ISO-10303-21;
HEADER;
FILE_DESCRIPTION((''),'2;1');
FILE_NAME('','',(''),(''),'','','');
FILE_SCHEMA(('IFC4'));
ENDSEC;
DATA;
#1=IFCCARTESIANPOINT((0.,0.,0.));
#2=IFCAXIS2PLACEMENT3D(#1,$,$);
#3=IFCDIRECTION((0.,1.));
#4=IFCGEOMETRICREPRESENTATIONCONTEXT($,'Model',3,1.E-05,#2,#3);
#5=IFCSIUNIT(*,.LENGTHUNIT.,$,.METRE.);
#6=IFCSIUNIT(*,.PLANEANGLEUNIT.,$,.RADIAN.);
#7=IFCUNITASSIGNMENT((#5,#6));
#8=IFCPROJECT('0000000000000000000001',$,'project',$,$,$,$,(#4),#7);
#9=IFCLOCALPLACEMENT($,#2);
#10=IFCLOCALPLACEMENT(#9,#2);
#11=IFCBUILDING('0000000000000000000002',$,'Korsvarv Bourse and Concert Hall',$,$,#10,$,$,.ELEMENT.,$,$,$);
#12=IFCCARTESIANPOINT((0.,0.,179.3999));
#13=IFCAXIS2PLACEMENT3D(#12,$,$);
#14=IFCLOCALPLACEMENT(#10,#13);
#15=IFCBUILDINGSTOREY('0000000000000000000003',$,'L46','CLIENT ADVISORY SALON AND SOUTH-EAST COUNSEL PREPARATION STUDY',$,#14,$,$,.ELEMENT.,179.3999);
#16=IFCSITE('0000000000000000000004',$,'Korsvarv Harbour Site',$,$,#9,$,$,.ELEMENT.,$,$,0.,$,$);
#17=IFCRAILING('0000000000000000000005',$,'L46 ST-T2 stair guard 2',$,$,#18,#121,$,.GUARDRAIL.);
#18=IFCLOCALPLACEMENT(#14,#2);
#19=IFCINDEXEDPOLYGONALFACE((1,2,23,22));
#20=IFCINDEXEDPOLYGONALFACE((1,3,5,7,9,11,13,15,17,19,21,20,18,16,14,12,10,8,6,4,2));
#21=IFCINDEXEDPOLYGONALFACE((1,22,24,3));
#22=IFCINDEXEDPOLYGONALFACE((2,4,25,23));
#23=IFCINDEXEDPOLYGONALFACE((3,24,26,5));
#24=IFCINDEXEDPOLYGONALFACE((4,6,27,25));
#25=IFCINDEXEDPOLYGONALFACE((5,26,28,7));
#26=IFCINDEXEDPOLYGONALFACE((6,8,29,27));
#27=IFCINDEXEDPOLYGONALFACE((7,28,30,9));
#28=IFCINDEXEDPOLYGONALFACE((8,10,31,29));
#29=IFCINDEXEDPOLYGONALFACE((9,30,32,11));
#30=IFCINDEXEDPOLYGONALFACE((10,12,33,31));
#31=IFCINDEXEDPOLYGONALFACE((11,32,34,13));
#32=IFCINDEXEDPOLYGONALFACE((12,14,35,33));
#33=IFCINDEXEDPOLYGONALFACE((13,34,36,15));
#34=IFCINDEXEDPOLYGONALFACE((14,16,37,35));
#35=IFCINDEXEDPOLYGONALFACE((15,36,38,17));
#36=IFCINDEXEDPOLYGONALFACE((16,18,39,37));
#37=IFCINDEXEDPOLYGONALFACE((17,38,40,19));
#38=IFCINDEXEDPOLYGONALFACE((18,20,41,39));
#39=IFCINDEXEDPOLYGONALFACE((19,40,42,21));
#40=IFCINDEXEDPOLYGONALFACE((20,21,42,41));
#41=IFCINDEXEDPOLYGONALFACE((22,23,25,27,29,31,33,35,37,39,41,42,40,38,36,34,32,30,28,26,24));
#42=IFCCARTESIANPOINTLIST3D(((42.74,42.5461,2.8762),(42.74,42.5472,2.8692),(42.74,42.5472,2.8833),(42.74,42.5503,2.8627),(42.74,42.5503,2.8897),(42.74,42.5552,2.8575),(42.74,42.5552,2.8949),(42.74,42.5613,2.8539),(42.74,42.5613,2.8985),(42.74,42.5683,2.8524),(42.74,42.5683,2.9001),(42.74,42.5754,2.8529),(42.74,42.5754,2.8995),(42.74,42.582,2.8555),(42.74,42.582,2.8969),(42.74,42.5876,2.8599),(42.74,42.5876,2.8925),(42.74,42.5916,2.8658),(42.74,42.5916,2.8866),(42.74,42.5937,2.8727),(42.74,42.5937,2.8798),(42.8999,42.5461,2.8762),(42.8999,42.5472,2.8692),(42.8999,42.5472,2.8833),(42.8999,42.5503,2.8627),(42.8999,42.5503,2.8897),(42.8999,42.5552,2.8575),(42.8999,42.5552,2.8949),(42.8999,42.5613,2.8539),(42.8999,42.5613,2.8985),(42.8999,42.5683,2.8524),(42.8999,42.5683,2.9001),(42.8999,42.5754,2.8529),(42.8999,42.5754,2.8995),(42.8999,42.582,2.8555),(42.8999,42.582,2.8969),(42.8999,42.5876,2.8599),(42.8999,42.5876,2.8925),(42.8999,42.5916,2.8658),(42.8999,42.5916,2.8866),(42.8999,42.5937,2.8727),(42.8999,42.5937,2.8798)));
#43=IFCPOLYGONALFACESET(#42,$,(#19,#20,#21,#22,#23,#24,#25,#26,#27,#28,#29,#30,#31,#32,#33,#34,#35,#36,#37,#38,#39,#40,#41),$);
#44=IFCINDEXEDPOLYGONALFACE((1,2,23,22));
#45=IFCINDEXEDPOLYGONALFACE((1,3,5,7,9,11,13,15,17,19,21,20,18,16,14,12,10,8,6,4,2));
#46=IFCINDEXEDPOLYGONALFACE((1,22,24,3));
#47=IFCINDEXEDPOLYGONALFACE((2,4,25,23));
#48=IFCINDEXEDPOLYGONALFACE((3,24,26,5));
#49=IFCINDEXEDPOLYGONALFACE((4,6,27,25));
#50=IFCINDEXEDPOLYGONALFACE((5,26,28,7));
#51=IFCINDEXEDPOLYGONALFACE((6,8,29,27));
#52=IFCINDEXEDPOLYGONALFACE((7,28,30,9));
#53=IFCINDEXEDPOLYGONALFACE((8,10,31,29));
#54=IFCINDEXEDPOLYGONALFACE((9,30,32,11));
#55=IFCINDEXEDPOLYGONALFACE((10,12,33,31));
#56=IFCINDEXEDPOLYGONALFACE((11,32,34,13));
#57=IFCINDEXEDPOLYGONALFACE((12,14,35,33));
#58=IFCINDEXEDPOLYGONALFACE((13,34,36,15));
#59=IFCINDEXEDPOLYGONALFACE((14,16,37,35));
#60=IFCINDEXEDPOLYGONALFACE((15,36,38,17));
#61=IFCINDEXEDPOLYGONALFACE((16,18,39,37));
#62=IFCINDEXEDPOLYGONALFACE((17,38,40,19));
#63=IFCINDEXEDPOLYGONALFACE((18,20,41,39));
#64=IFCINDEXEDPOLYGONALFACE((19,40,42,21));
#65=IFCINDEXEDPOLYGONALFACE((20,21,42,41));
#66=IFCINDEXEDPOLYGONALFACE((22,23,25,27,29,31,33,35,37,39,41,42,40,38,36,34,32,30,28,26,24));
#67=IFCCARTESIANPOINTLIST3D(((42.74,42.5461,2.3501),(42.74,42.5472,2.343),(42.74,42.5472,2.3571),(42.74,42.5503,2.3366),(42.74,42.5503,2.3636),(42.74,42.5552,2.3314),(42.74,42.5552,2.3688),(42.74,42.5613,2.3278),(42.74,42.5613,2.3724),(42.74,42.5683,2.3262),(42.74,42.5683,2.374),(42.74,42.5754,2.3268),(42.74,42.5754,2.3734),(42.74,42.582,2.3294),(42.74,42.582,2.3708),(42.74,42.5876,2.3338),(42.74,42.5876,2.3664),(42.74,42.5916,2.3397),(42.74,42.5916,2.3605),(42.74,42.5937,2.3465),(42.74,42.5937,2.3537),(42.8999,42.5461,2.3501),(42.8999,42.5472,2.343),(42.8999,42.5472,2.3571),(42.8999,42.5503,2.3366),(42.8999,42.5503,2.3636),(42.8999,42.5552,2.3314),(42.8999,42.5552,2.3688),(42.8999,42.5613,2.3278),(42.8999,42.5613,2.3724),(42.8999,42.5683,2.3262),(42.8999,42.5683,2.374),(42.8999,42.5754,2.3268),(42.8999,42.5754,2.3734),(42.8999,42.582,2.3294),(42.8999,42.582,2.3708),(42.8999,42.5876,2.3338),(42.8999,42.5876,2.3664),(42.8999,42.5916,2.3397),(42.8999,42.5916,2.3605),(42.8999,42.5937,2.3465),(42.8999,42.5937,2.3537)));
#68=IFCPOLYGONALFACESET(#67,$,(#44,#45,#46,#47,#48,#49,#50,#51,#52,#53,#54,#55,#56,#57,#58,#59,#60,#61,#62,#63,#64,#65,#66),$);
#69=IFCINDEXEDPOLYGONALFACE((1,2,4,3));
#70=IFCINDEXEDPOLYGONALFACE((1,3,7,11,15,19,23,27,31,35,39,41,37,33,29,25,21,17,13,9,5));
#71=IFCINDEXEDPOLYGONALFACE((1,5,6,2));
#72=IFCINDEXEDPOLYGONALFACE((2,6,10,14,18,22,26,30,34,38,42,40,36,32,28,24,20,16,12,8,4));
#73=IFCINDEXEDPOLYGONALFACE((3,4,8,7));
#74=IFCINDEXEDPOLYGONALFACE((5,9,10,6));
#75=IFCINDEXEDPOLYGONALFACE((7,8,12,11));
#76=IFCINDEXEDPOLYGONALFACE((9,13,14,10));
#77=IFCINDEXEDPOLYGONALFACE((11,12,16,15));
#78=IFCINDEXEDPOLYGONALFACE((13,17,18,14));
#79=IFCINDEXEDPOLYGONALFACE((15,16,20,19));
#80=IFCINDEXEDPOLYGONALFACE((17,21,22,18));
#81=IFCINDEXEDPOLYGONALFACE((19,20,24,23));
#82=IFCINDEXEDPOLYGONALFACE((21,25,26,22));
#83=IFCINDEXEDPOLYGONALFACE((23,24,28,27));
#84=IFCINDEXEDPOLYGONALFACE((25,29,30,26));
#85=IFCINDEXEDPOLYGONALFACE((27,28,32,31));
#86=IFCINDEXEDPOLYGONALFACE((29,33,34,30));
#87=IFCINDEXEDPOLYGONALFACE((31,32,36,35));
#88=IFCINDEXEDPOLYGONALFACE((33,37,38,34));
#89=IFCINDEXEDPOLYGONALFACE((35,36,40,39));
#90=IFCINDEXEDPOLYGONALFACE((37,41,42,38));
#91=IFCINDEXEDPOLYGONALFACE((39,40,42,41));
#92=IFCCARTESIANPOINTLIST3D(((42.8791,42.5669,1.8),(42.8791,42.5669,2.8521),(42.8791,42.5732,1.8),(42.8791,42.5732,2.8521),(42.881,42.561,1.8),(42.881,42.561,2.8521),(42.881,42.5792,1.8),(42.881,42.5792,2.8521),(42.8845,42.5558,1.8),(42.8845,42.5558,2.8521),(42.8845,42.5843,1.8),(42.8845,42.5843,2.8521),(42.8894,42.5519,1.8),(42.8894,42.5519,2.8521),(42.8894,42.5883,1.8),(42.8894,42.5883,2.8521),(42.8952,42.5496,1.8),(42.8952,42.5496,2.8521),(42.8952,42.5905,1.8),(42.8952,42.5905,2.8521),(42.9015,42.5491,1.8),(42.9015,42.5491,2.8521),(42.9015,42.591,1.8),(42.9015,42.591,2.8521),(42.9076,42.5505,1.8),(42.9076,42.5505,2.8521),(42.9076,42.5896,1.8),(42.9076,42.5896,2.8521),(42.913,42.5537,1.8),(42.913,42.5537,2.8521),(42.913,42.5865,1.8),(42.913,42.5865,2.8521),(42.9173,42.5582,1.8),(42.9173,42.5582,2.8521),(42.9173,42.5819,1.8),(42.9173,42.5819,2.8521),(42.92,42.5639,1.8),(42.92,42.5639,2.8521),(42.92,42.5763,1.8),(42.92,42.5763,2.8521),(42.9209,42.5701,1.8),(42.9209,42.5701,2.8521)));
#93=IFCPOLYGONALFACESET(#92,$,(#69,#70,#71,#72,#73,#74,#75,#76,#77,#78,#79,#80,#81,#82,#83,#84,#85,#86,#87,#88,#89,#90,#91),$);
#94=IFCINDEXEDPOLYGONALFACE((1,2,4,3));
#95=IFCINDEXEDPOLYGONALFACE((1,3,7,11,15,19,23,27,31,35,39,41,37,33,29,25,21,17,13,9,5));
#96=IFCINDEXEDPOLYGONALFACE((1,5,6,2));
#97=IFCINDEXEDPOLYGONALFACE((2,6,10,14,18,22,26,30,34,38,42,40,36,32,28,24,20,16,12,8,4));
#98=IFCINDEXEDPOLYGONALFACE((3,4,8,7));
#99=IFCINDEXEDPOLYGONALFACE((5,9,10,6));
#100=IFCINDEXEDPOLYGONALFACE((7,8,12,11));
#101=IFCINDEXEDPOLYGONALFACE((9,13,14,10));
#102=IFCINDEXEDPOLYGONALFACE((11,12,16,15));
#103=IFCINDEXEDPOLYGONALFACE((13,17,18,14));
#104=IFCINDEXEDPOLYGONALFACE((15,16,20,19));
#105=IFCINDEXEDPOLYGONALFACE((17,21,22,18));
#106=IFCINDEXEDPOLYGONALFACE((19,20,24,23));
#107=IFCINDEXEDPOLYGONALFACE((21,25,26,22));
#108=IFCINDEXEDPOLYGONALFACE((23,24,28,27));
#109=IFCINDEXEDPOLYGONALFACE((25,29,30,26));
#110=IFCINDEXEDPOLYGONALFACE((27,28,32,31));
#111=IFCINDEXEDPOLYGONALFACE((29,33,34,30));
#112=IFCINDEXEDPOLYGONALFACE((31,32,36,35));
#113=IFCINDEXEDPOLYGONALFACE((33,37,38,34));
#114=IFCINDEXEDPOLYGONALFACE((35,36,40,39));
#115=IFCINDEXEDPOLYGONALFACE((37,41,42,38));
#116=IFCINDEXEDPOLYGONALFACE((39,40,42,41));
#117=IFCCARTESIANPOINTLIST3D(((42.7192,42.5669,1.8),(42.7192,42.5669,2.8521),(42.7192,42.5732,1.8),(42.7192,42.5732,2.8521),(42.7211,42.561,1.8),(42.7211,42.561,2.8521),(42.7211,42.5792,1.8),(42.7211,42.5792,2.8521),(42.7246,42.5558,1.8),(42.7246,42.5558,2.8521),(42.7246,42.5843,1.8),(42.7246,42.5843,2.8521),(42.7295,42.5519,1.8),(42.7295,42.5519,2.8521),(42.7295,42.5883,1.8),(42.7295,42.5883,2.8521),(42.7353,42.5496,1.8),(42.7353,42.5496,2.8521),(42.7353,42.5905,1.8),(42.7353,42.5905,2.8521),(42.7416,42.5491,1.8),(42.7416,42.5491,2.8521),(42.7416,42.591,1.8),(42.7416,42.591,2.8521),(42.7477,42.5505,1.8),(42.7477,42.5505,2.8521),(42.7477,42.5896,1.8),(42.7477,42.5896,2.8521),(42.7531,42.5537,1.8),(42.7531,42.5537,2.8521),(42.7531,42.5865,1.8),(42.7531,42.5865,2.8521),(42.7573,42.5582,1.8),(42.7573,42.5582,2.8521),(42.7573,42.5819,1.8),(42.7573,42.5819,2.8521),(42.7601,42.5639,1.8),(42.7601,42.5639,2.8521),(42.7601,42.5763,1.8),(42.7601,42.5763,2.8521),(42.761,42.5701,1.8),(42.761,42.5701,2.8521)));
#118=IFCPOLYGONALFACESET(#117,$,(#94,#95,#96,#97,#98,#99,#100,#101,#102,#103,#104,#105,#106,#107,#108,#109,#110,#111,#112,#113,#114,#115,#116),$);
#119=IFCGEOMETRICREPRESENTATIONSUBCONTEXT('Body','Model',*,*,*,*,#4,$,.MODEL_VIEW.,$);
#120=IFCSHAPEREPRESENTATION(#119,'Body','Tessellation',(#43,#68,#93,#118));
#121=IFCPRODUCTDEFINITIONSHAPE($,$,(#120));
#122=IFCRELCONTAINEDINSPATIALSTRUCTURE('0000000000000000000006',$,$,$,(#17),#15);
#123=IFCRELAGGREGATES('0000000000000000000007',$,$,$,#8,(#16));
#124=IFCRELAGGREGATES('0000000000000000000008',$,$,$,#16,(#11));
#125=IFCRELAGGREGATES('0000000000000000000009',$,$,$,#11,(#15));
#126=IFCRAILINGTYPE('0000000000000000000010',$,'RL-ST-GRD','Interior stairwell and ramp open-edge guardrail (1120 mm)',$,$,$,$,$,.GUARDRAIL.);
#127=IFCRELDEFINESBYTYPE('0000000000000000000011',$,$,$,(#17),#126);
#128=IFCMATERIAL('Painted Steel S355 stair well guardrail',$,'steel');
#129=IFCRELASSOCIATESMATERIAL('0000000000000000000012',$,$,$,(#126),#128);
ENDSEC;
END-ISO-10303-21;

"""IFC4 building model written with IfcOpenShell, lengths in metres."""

from ifc_helpers import new_model, si_unit, direction, frame, origin, origin_2d, place, context, subcontext, project, spatial, circle, extrude, material, type_object, element, save


model = new_model("IFC4")

# Units and contexts
model_context = context("Model", 3, precision=1e-05, world=origin(), true_north=direction((0.0, 1.0)))
body_context = subcontext(model_context, "Body", "Model", "MODEL_VIEW")
ifc_project = project(units=[si_unit("LENGTHUNIT", "METRE"), si_unit("PLANEANGLEUNIT", "RADIAN")], contexts=[model_context])

# Site, building, storey
site_placement = place(None, origin())
site = spatial("IfcSite", under=ifc_project, at=site_placement, Name="Korsvarv Harbour Site", CompositionType="ELEMENT", RefElevation=0.0)
building_placement = place(site_placement, origin())
building = spatial("IfcBuilding", under=site, at=building_placement, Name="Korsvarv Bourse and Concert Hall", CompositionType="ELEMENT")
storey_placement = place(building_placement, frame((0.0, 0.0, 179.3999)))
storey = spatial("IfcBuildingStorey", under=building, at=storey_placement, Name="L46", Description="CLIENT ADVISORY SALON AND SOUTH-EAST COUNSEL PREPARATION STUDY", CompositionType="ELEMENT", Elevation=179.3999)

# Railing
ifc_material_1 = material(Name="Painted Steel S355 stair well guardrail", Category="steel")
railing_type_1 = type_object("IfcRailingType", Name="RL-ST-GRD", Description="Interior stairwell and ramp open-edge guardrail (1120 mm)", PredefinedType="GUARDRAIL", material=ifc_material_1)
railing_1_placement = place(storey_placement, frame((42.8999, 42.5701, 1.8)))
element("IfcRailing", 1, at=railing_1_placement, inside=storey, type_object=railing_type_1, Name="L46 ST-T2 stair guard 2", PredefinedType="GUARDRAIL", context=body_context, shape_type="SweptSolid", body=[
    extrude(circle(Radius=0.0239, at=origin_2d()), frame((0.0, 0.0, 1.0762), z_axis=(-1.0, 0.0, 0.0), x_axis=(0.0, -1.0, 0.0)), (0.0, 0.0, 1.0), 0.1599),
    extrude(circle(Radius=0.0239, at=origin_2d()), frame((0.0, 0.0, 0.55), z_axis=(-1.0, 0.0, 0.0), x_axis=(0.0, -1.0, 0.0)), (0.0, 0.0, 1.0), 0.1599),
    extrude(circle(Radius=0.021, at=origin_2d()), origin(), (0.0, 0.0, 1.0), 1.052),
    extrude(circle(Radius=0.021, at=origin_2d()), frame((-0.1599, 0.0, 0.0)), (0.0, 0.0, 1.0), 1.052),
])

save(model, "model.ifc")
